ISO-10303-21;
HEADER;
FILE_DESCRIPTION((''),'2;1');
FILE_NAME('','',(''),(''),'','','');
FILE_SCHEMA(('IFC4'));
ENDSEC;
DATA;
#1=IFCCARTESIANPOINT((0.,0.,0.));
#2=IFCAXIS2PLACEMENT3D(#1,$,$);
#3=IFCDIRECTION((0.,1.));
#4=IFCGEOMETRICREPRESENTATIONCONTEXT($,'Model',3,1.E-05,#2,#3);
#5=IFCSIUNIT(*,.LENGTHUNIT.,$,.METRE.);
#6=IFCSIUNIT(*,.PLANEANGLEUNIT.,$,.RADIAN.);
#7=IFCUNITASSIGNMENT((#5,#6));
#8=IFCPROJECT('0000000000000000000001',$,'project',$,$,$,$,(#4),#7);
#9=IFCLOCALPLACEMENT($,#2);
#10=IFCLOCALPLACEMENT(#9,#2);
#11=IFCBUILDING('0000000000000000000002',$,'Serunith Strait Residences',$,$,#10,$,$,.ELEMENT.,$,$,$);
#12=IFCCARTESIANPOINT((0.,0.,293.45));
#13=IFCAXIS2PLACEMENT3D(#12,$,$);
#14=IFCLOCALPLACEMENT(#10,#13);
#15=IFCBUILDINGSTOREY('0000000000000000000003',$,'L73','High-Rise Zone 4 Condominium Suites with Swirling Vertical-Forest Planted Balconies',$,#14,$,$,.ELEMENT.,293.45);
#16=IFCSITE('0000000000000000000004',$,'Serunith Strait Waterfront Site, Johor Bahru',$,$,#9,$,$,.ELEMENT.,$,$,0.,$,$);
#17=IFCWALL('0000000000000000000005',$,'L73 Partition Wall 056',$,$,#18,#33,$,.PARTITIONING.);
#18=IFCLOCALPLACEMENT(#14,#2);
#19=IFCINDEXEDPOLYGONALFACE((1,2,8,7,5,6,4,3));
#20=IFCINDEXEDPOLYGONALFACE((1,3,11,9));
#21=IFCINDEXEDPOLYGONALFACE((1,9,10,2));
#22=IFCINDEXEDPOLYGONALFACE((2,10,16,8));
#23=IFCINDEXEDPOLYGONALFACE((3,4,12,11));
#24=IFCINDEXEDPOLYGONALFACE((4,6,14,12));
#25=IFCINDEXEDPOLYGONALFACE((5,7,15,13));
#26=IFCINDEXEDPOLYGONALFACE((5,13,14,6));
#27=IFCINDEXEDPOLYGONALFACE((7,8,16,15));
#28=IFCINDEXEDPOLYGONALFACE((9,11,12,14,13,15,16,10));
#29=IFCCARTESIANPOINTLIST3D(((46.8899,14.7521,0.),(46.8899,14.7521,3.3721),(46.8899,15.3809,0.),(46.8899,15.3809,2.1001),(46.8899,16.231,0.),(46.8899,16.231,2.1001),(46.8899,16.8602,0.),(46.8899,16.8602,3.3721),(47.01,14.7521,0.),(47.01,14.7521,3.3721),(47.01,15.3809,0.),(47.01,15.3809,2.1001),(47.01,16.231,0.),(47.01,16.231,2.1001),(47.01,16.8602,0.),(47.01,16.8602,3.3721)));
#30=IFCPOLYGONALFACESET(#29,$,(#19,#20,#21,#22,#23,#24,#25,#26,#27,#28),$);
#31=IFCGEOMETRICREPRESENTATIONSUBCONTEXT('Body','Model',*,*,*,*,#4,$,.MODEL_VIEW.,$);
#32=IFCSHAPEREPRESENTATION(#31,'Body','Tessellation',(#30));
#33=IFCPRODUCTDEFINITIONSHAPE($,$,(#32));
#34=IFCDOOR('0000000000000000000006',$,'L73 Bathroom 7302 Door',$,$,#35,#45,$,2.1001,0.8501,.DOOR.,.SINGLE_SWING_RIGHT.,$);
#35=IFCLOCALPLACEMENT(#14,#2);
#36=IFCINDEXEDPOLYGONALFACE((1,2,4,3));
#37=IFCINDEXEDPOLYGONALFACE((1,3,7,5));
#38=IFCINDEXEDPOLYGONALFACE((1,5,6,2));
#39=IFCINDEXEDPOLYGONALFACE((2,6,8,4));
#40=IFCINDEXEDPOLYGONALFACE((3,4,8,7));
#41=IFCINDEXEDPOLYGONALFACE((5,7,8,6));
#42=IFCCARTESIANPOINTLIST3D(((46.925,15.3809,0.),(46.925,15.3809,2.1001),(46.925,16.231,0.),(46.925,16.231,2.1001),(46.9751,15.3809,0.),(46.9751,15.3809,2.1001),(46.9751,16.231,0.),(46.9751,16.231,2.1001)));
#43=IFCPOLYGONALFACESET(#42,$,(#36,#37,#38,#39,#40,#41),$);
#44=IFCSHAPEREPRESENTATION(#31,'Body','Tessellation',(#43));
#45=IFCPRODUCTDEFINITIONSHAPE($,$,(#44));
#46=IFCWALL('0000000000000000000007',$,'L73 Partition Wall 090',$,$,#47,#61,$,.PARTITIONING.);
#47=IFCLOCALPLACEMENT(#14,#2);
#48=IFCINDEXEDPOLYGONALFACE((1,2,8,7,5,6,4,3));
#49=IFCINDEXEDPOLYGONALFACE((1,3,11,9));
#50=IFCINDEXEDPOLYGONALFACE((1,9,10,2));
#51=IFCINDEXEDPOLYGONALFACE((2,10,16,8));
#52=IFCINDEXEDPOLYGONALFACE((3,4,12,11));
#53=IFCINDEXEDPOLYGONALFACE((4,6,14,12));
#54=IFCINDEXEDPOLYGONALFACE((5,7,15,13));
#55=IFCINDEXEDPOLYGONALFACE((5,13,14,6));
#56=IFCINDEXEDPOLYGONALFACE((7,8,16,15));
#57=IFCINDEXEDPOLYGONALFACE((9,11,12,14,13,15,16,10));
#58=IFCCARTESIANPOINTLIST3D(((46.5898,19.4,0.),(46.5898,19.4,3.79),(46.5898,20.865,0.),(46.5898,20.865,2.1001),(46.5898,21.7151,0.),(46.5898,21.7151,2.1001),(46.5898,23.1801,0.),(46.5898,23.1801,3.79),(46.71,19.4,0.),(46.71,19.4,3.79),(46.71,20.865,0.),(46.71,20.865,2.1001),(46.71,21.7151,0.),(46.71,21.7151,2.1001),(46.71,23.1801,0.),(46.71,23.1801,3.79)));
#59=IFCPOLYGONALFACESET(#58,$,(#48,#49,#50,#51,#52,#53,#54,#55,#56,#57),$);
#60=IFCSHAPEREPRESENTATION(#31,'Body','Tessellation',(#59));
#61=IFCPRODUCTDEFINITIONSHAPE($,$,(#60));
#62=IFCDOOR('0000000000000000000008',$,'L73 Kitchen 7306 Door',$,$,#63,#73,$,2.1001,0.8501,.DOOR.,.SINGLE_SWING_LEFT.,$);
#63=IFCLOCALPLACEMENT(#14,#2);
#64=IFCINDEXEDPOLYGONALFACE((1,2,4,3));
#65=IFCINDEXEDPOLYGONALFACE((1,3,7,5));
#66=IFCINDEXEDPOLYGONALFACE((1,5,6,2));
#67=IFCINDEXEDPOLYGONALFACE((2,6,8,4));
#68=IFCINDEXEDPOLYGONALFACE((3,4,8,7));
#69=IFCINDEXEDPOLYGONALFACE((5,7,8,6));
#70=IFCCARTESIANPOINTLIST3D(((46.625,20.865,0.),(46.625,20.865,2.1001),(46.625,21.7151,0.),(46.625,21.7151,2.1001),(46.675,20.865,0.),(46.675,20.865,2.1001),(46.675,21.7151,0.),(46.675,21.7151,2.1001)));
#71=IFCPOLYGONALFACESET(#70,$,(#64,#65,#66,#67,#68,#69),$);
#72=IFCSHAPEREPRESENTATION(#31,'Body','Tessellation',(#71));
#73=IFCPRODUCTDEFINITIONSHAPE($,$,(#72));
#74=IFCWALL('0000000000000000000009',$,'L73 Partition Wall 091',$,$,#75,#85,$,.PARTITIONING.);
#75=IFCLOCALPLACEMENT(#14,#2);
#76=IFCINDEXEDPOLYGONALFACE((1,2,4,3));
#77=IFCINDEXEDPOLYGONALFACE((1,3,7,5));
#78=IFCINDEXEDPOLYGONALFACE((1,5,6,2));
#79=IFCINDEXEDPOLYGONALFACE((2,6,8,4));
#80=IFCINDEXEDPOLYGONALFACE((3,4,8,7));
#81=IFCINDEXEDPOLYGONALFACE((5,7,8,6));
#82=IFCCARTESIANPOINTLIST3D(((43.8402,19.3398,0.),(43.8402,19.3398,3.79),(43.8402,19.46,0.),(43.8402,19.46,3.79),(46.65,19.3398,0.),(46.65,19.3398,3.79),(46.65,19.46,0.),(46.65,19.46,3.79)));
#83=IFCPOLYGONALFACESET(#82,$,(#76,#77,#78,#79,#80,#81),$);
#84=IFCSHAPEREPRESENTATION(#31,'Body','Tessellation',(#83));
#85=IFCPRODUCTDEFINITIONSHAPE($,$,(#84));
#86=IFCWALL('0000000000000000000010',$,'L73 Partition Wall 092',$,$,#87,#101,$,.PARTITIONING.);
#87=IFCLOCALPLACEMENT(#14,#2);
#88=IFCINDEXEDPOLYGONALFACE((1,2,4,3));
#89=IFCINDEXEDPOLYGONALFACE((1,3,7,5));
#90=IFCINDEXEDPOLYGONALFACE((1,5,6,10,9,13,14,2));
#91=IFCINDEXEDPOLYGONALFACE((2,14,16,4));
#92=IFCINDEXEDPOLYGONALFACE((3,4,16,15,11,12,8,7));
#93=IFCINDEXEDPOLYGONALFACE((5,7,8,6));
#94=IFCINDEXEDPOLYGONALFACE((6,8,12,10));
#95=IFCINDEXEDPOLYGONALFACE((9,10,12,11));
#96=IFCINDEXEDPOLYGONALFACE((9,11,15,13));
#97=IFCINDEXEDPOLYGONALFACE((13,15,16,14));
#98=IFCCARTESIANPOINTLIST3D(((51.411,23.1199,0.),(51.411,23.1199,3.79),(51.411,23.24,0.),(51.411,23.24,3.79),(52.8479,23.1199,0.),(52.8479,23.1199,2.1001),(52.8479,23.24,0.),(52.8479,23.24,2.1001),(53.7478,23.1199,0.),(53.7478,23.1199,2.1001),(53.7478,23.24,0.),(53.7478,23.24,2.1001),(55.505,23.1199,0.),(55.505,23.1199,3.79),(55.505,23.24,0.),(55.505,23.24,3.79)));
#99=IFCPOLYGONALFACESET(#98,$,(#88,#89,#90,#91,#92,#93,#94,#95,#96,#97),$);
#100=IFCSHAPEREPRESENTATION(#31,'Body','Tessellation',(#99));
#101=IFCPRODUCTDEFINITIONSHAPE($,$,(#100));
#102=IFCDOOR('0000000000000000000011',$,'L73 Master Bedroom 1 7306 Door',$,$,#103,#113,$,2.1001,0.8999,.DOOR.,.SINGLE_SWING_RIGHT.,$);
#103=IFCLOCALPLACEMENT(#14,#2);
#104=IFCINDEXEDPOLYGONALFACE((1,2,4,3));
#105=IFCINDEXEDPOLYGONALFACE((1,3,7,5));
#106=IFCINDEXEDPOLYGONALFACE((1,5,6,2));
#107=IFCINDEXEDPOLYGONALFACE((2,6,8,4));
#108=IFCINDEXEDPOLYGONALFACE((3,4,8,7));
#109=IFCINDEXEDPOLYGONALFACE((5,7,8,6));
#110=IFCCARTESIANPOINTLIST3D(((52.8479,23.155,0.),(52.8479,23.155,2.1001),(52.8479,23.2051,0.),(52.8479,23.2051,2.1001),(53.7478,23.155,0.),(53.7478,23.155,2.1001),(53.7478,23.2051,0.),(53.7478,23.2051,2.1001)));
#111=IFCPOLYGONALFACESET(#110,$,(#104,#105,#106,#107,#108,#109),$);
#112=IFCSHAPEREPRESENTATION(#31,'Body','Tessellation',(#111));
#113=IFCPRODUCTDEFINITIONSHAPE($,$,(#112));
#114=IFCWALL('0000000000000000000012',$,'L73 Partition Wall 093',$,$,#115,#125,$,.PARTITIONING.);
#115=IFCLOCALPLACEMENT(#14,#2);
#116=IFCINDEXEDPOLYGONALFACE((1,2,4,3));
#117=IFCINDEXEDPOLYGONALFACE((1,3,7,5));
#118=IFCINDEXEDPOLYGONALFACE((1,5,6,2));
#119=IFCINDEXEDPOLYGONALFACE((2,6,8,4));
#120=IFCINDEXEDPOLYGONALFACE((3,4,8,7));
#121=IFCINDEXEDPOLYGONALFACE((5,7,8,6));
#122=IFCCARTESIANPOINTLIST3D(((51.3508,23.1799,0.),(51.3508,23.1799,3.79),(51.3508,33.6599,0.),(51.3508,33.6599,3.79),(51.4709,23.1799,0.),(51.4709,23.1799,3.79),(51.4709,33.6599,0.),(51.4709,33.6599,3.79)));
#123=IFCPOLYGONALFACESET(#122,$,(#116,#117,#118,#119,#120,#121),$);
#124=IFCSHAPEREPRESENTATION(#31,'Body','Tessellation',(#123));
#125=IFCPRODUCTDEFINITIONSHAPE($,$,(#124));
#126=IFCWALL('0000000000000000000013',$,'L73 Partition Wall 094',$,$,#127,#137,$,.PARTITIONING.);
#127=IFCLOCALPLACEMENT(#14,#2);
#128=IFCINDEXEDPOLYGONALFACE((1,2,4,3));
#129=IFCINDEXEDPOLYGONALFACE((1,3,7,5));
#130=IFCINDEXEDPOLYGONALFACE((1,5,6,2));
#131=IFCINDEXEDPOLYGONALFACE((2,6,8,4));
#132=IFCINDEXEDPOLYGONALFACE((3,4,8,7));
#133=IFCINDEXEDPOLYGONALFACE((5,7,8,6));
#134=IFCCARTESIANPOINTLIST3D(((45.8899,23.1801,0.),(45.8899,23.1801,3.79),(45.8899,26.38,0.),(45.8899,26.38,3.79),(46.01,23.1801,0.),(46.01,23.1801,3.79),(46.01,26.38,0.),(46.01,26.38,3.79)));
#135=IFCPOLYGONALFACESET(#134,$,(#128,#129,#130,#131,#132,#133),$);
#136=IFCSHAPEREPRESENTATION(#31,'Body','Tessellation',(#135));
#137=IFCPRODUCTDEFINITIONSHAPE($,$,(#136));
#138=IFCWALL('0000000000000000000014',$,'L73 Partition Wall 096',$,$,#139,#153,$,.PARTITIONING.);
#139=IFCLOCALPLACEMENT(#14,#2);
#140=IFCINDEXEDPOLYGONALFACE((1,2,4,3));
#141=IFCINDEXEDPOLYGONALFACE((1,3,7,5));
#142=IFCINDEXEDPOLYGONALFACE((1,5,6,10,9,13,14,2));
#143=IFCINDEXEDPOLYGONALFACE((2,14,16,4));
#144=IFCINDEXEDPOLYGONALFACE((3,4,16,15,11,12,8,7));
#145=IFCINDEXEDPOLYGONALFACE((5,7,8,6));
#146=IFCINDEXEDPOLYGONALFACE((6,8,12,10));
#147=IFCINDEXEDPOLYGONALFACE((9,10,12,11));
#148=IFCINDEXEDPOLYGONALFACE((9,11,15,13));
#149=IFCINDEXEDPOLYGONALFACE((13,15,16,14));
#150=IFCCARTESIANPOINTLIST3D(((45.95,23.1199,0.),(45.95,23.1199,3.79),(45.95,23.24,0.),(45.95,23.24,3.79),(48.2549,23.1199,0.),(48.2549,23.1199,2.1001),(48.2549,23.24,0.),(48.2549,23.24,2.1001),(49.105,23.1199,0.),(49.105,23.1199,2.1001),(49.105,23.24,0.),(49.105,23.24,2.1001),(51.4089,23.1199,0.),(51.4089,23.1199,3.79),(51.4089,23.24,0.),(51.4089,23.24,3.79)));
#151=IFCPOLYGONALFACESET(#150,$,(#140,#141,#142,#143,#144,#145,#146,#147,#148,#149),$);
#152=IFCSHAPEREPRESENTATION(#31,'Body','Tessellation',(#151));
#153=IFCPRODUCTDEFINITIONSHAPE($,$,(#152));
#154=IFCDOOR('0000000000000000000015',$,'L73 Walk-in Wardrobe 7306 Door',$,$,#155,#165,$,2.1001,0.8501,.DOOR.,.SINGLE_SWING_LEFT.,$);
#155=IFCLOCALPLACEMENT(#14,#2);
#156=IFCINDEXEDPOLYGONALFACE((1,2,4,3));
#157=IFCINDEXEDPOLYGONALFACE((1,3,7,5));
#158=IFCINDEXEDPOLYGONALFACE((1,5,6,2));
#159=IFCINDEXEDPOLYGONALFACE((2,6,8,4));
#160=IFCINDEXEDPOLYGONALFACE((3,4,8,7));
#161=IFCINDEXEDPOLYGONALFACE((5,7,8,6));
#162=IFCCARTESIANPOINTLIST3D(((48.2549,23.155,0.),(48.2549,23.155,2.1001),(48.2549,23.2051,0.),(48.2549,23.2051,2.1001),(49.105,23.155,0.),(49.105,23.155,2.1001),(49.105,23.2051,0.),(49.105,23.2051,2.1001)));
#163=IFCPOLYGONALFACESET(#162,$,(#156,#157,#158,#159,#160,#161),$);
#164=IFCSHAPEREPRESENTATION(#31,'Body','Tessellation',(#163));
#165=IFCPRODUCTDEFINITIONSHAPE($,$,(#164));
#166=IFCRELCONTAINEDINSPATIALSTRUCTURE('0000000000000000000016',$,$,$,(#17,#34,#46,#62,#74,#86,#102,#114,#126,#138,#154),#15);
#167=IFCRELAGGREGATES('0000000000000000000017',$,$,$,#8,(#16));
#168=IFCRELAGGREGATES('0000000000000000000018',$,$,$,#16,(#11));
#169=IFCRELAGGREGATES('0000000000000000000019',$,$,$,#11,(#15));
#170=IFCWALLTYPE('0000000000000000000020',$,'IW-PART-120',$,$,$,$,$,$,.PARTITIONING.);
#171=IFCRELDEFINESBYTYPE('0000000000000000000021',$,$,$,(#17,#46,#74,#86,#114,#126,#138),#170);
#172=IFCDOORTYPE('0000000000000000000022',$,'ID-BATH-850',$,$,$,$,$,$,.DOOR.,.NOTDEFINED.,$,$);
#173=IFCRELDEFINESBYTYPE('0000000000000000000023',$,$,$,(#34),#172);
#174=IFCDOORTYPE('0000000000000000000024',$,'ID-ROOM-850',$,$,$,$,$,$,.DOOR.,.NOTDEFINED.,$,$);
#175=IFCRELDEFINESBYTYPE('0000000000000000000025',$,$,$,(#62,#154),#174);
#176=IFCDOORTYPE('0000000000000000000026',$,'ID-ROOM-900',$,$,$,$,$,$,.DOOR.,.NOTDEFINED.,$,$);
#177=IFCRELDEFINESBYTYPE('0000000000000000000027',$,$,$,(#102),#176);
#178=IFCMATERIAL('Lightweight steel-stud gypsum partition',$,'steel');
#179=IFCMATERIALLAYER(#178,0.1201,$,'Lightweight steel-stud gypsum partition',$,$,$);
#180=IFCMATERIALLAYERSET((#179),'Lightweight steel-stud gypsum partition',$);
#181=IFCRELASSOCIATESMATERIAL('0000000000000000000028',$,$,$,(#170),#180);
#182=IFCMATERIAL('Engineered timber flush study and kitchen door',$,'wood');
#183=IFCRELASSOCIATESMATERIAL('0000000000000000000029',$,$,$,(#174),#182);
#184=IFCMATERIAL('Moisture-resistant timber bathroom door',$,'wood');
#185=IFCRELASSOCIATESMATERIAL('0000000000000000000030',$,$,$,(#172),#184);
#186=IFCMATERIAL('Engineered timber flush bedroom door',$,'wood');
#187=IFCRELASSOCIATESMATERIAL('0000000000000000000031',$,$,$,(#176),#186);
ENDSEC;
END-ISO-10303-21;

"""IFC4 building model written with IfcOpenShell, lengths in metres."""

from ifc_helpers import new_model, si_unit, direction, frame, frame_2d, origin, place, context, subcontext, project, spatial, rectangle, extrude, source, transform, mapped, material, layer, layer_set, type_object, element, fill, save


model = new_model("IFC4")

# Units and contexts
model_context = context("Model", 3, precision=1e-05, world=origin(), true_north=direction((0.0, 1.0)))
body_context = subcontext(model_context, "Body", "Model", "MODEL_VIEW")
ifc_project = project(units=[si_unit("LENGTHUNIT", "METRE"), si_unit("PLANEANGLEUNIT", "RADIAN")], contexts=[model_context])

# Site, building, storey
site_placement = place(None, origin())
site = spatial("IfcSite", under=ifc_project, at=site_placement, Name="Serunith Strait Waterfront Site, Johor Bahru", CompositionType="ELEMENT", RefElevation=0.0)
building_placement = place(site_placement, origin())
building = spatial("IfcBuilding", under=site, at=building_placement, Name="Serunith Strait Residences", CompositionType="ELEMENT")
storey_placement = place(building_placement, frame((0.0, 0.0, 293.45)))
storey = spatial("IfcBuildingStorey", under=building, at=storey_placement, Name="L73", Description="High-Rise Zone 4 Condominium Suites with Swirling Vertical-Forest Planted Balconies", CompositionType="ELEMENT", Elevation=293.45)

# Shared definitions
ifc_material_1 = material(Name="Lightweight steel-stud gypsum partition", Category="steel")
ifc_layer_1 = layer(ifc_material_1, 0.1201, Name="Lightweight steel-stud gypsum partition")
ifc_layer_set_1 = layer_set([ifc_layer_1], Name="Lightweight steel-stud gypsum partition")
wall_type_1 = type_object("IfcWallType", Name="IW-PART-120", PredefinedType="PARTITIONING", material=ifc_layer_set_1)

# Walls, openings, doors
ifc_material_2 = material(Name="Engineered timber flush study and kitchen door", Category="wood")
door_type_1 = type_object("IfcDoorType", Name="ID-ROOM-850", OperationType="NOTDEFINED", PredefinedType="DOOR", material=ifc_material_2)
shared_shape_1 = source(origin(), body_context, "Body", "SweptSolid", [
    extrude(rectangle(XDim=0.8501, YDim=2.1001, at=frame_2d((0.425, 1.05))), frame((0.0, 0.0249, 0.0), z_axis=(0.0, -1.0, 0.0), x_axis=(1.0, 0.0, 0.0)), (0.0, 0.0, 1.0), 0.05),
])
wall_1_placement = place(storey_placement, frame((46.95, 14.752, 0.0), z_axis=(0.0, 0.0, 1.0), x_axis=(0.0, 1.0, 0.0)))
wall_1 = element("IfcWall", 1, at=wall_1_placement, inside=storey, type_object=wall_type_1, Name="L73 Partition Wall 056", PredefinedType="PARTITIONING", context=body_context, shape_type="SweptSolid", body=[
    extrude(rectangle(XDim=2.1082, YDim=0.1201, at=frame_2d((1.0542, 0.0))), origin(), (0.0, 0.0, 1.0), 3.3721),
])
opening_1_placement = place(wall_1_placement, frame((0.6289, 0.0, 0.0)))
opening_1 = element("IfcOpeningElement", 2, at=opening_1_placement, cuts=wall_1, PredefinedType="OPENING", context=body_context, shape_type="SweptSolid", body=[
    extrude(rectangle(XDim=0.8501, YDim=2.1001, at=frame_2d((0.425, 1.05))), frame((0.0, 0.0701, 0.0), z_axis=(0.0, -1.0, 0.0), x_axis=(1.0, 0.0, 0.0)), (0.0, 0.0, 1.0), 0.1401),
])
ifc_material_3 = material(Name="Moisture-resistant timber bathroom door", Category="wood")
door_type_2 = type_object("IfcDoorType", Name="ID-BATH-850", OperationType="NOTDEFINED", PredefinedType="DOOR", material=ifc_material_3)
door_1_placement = place(opening_1_placement, origin())
door_1 = element("IfcDoor", 3, at=door_1_placement, inside=storey, type_object=door_type_2, Name="L73 Bathroom 7302 Door", OperationType="SINGLE_SWING_RIGHT", OverallHeight=2.1001, OverallWidth=0.8501, PredefinedType="DOOR", context=body_context, shape_type="MappedRepresentation", body=[
    mapped(shared_shape_1, transform((0.0, 0.0, 0.0), scale=1.0)),
])
fill(opening_1, door_1)
wall_2_placement = place(storey_placement, frame((46.6499, 19.3999, 0.0), z_axis=(0.0, 0.0, 1.0), x_axis=(0.0, 1.0, 0.0)))
wall_2 = element("IfcWall", 4, at=wall_2_placement, inside=storey, type_object=wall_type_1, Name="L73 Partition Wall 090", PredefinedType="PARTITIONING", context=body_context, shape_type="SweptSolid", body=[
    extrude(rectangle(XDim=3.78, YDim=0.1201, at=frame_2d((1.8901, 0.0))), origin(), (0.0, 0.0, 1.0), 3.79),
])
opening_2_placement = place(wall_2_placement, frame((1.4651, 0.0, 0.0)))
opening_2 = element("IfcOpeningElement", 5, at=opening_2_placement, cuts=wall_2, PredefinedType="OPENING", context=body_context, shape_type="SweptSolid", body=[
    extrude(rectangle(XDim=0.8501, YDim=2.1001, at=frame_2d((0.425, 1.05))), frame((0.0, 0.0701, 0.0), z_axis=(0.0, -1.0, 0.0), x_axis=(1.0, 0.0, 0.0)), (0.0, 0.0, 1.0), 0.1401),
])
door_2_placement = place(opening_2_placement, origin())
door_2 = element("IfcDoor", 6, at=door_2_placement, inside=storey, type_object=door_type_1, Name="L73 Kitchen 7306 Door", OperationType="SINGLE_SWING_LEFT", OverallHeight=2.1001, OverallWidth=0.8501, PredefinedType="DOOR", context=body_context, shape_type="MappedRepresentation", body=[
    mapped(shared_shape_1, transform((0.0, 0.0, 0.0), scale=1.0)),
])
fill(opening_2, door_2)

# Wall
wall_3_placement = place(storey_placement, frame((46.6499, 19.3999, 0.0), z_axis=(0.0, 0.0, 1.0), x_axis=(-1.0, 0.0, 0.0)))
element("IfcWall", 7, at=wall_3_placement, inside=storey, type_object=wall_type_1, Name="L73 Partition Wall 091", PredefinedType="PARTITIONING", context=body_context, shape_type="SweptSolid", body=[
    extrude(rectangle(XDim=2.8098, YDim=0.1201, at=frame_2d((1.4048, 0.0))), origin(), (0.0, 0.0, 1.0), 3.79),
])

# Wall, opening, door
wall_4_placement = place(storey_placement, frame((55.5049, 23.1799, 0.0), z_axis=(0.0, 0.0, 1.0), x_axis=(-1.0, 0.0, 0.0)))
wall_4 = element("IfcWall", 8, at=wall_4_placement, inside=storey, type_object=wall_type_1, Name="L73 Partition Wall 092", PredefinedType="PARTITIONING", context=body_context, shape_type="SweptSolid", body=[
    extrude(rectangle(XDim=4.094, YDim=0.1201, at=frame_2d((2.0469, 0.0))), origin(), (0.0, 0.0, 1.0), 3.79),
])
opening_3_placement = place(wall_4_placement, frame((1.7571, 0.0, 0.0)))
opening_3 = element("IfcOpeningElement", 9, at=opening_3_placement, cuts=wall_4, PredefinedType="OPENING", context=body_context, shape_type="SweptSolid", body=[
    extrude(rectangle(XDim=0.8999, YDim=2.1001, at=frame_2d((0.45, 1.05))), frame((0.0, 0.0701, 0.0), z_axis=(0.0, -1.0, 0.0), x_axis=(1.0, 0.0, 0.0)), (0.0, 0.0, 1.0), 0.1401),
])
ifc_material_4 = material(Name="Engineered timber flush bedroom door", Category="wood")
door_type_3 = type_object("IfcDoorType", Name="ID-ROOM-900", OperationType="NOTDEFINED", PredefinedType="DOOR", material=ifc_material_4)
shared_shape_2 = source(origin(), body_context, "Body", "SweptSolid", [
    extrude(rectangle(XDim=0.8999, YDim=2.1001, at=frame_2d((0.45, 1.05))), frame((0.0, 0.0249, 0.0), z_axis=(0.0, -1.0, 0.0), x_axis=(1.0, 0.0, 0.0)), (0.0, 0.0, 1.0), 0.05),
])
door_3_placement = place(opening_3_placement, origin())
door_3 = element("IfcDoor", 10, at=door_3_placement, inside=storey, type_object=door_type_3, Name="L73 Master Bedroom 1 7306 Door", OperationType="SINGLE_SWING_RIGHT", OverallHeight=2.1001, OverallWidth=0.8999, PredefinedType="DOOR", context=body_context, shape_type="MappedRepresentation", body=[
    mapped(shared_shape_2, transform((0.0, 0.0, 0.0), scale=1.0)),
])
fill(opening_3, door_3)

# Walls
wall_5_placement = place(storey_placement, frame((51.4109, 23.1799, 0.0), z_axis=(0.0, 0.0, 1.0), x_axis=(0.0, 1.0, 0.0)))
element("IfcWall", 11, at=wall_5_placement, inside=storey, type_object=wall_type_1, Name="L73 Partition Wall 093", PredefinedType="PARTITIONING", context=body_context, shape_type="SweptSolid", body=[
    extrude(rectangle(XDim=10.48, YDim=0.1201, at=frame_2d((5.24, 0.0))), origin(), (0.0, 0.0, 1.0), 3.79),
])
wall_6_placement = place(storey_placement, frame((45.95, 23.1799, 0.0), z_axis=(0.0, 0.0, 1.0), x_axis=(0.0, 1.0, 0.0)))
element("IfcWall", 12, at=wall_6_placement, inside=storey, type_object=wall_type_1, Name="L73 Partition Wall 094", PredefinedType="PARTITIONING", context=body_context, shape_type="SweptSolid", body=[
    extrude(rectangle(XDim=3.2, YDim=0.1201, at=frame_2d((1.6001, 0.0))), origin(), (0.0, 0.0, 1.0), 3.79),
])

# Wall, opening, door
wall_7_placement = place(storey_placement, frame((51.4089, 23.1799, 0.0), z_axis=(0.0, 0.0, 1.0), x_axis=(-1.0, 0.0, 0.0)))
wall_7 = element("IfcWall", 13, at=wall_7_placement, inside=storey, type_object=wall_type_1, Name="L73 Partition Wall 096", PredefinedType="PARTITIONING", context=body_context, shape_type="SweptSolid", body=[
    extrude(rectangle(XDim=5.459, YDim=0.1201, at=frame_2d((2.7295, 0.0))), origin(), (0.0, 0.0, 1.0), 3.79),
])
opening_4_placement = place(wall_7_placement, frame((2.304, 0.0, 0.0)))
opening_4 = element("IfcOpeningElement", 14, at=opening_4_placement, cuts=wall_7, PredefinedType="OPENING", context=body_context, shape_type="SweptSolid", body=[
    extrude(rectangle(XDim=0.8501, YDim=2.1001, at=frame_2d((0.425, 1.05))), frame((0.0, 0.0701, 0.0), z_axis=(0.0, -1.0, 0.0), x_axis=(1.0, 0.0, 0.0)), (0.0, 0.0, 1.0), 0.1401),
])
door_4_placement = place(opening_4_placement, origin())
door_4 = element("IfcDoor", 15, at=door_4_placement, inside=storey, type_object=door_type_1, Name="L73 Walk-in Wardrobe 7306 Door", OperationType="SINGLE_SWING_LEFT", OverallHeight=2.1001, OverallWidth=0.8501, PredefinedType="DOOR", context=body_context, shape_type="MappedRepresentation", body=[
    mapped(shared_shape_1, transform((0.0, 0.0, 0.0), scale=1.0)),
])
fill(opening_4, door_4)

save(model, "model.ifc")
